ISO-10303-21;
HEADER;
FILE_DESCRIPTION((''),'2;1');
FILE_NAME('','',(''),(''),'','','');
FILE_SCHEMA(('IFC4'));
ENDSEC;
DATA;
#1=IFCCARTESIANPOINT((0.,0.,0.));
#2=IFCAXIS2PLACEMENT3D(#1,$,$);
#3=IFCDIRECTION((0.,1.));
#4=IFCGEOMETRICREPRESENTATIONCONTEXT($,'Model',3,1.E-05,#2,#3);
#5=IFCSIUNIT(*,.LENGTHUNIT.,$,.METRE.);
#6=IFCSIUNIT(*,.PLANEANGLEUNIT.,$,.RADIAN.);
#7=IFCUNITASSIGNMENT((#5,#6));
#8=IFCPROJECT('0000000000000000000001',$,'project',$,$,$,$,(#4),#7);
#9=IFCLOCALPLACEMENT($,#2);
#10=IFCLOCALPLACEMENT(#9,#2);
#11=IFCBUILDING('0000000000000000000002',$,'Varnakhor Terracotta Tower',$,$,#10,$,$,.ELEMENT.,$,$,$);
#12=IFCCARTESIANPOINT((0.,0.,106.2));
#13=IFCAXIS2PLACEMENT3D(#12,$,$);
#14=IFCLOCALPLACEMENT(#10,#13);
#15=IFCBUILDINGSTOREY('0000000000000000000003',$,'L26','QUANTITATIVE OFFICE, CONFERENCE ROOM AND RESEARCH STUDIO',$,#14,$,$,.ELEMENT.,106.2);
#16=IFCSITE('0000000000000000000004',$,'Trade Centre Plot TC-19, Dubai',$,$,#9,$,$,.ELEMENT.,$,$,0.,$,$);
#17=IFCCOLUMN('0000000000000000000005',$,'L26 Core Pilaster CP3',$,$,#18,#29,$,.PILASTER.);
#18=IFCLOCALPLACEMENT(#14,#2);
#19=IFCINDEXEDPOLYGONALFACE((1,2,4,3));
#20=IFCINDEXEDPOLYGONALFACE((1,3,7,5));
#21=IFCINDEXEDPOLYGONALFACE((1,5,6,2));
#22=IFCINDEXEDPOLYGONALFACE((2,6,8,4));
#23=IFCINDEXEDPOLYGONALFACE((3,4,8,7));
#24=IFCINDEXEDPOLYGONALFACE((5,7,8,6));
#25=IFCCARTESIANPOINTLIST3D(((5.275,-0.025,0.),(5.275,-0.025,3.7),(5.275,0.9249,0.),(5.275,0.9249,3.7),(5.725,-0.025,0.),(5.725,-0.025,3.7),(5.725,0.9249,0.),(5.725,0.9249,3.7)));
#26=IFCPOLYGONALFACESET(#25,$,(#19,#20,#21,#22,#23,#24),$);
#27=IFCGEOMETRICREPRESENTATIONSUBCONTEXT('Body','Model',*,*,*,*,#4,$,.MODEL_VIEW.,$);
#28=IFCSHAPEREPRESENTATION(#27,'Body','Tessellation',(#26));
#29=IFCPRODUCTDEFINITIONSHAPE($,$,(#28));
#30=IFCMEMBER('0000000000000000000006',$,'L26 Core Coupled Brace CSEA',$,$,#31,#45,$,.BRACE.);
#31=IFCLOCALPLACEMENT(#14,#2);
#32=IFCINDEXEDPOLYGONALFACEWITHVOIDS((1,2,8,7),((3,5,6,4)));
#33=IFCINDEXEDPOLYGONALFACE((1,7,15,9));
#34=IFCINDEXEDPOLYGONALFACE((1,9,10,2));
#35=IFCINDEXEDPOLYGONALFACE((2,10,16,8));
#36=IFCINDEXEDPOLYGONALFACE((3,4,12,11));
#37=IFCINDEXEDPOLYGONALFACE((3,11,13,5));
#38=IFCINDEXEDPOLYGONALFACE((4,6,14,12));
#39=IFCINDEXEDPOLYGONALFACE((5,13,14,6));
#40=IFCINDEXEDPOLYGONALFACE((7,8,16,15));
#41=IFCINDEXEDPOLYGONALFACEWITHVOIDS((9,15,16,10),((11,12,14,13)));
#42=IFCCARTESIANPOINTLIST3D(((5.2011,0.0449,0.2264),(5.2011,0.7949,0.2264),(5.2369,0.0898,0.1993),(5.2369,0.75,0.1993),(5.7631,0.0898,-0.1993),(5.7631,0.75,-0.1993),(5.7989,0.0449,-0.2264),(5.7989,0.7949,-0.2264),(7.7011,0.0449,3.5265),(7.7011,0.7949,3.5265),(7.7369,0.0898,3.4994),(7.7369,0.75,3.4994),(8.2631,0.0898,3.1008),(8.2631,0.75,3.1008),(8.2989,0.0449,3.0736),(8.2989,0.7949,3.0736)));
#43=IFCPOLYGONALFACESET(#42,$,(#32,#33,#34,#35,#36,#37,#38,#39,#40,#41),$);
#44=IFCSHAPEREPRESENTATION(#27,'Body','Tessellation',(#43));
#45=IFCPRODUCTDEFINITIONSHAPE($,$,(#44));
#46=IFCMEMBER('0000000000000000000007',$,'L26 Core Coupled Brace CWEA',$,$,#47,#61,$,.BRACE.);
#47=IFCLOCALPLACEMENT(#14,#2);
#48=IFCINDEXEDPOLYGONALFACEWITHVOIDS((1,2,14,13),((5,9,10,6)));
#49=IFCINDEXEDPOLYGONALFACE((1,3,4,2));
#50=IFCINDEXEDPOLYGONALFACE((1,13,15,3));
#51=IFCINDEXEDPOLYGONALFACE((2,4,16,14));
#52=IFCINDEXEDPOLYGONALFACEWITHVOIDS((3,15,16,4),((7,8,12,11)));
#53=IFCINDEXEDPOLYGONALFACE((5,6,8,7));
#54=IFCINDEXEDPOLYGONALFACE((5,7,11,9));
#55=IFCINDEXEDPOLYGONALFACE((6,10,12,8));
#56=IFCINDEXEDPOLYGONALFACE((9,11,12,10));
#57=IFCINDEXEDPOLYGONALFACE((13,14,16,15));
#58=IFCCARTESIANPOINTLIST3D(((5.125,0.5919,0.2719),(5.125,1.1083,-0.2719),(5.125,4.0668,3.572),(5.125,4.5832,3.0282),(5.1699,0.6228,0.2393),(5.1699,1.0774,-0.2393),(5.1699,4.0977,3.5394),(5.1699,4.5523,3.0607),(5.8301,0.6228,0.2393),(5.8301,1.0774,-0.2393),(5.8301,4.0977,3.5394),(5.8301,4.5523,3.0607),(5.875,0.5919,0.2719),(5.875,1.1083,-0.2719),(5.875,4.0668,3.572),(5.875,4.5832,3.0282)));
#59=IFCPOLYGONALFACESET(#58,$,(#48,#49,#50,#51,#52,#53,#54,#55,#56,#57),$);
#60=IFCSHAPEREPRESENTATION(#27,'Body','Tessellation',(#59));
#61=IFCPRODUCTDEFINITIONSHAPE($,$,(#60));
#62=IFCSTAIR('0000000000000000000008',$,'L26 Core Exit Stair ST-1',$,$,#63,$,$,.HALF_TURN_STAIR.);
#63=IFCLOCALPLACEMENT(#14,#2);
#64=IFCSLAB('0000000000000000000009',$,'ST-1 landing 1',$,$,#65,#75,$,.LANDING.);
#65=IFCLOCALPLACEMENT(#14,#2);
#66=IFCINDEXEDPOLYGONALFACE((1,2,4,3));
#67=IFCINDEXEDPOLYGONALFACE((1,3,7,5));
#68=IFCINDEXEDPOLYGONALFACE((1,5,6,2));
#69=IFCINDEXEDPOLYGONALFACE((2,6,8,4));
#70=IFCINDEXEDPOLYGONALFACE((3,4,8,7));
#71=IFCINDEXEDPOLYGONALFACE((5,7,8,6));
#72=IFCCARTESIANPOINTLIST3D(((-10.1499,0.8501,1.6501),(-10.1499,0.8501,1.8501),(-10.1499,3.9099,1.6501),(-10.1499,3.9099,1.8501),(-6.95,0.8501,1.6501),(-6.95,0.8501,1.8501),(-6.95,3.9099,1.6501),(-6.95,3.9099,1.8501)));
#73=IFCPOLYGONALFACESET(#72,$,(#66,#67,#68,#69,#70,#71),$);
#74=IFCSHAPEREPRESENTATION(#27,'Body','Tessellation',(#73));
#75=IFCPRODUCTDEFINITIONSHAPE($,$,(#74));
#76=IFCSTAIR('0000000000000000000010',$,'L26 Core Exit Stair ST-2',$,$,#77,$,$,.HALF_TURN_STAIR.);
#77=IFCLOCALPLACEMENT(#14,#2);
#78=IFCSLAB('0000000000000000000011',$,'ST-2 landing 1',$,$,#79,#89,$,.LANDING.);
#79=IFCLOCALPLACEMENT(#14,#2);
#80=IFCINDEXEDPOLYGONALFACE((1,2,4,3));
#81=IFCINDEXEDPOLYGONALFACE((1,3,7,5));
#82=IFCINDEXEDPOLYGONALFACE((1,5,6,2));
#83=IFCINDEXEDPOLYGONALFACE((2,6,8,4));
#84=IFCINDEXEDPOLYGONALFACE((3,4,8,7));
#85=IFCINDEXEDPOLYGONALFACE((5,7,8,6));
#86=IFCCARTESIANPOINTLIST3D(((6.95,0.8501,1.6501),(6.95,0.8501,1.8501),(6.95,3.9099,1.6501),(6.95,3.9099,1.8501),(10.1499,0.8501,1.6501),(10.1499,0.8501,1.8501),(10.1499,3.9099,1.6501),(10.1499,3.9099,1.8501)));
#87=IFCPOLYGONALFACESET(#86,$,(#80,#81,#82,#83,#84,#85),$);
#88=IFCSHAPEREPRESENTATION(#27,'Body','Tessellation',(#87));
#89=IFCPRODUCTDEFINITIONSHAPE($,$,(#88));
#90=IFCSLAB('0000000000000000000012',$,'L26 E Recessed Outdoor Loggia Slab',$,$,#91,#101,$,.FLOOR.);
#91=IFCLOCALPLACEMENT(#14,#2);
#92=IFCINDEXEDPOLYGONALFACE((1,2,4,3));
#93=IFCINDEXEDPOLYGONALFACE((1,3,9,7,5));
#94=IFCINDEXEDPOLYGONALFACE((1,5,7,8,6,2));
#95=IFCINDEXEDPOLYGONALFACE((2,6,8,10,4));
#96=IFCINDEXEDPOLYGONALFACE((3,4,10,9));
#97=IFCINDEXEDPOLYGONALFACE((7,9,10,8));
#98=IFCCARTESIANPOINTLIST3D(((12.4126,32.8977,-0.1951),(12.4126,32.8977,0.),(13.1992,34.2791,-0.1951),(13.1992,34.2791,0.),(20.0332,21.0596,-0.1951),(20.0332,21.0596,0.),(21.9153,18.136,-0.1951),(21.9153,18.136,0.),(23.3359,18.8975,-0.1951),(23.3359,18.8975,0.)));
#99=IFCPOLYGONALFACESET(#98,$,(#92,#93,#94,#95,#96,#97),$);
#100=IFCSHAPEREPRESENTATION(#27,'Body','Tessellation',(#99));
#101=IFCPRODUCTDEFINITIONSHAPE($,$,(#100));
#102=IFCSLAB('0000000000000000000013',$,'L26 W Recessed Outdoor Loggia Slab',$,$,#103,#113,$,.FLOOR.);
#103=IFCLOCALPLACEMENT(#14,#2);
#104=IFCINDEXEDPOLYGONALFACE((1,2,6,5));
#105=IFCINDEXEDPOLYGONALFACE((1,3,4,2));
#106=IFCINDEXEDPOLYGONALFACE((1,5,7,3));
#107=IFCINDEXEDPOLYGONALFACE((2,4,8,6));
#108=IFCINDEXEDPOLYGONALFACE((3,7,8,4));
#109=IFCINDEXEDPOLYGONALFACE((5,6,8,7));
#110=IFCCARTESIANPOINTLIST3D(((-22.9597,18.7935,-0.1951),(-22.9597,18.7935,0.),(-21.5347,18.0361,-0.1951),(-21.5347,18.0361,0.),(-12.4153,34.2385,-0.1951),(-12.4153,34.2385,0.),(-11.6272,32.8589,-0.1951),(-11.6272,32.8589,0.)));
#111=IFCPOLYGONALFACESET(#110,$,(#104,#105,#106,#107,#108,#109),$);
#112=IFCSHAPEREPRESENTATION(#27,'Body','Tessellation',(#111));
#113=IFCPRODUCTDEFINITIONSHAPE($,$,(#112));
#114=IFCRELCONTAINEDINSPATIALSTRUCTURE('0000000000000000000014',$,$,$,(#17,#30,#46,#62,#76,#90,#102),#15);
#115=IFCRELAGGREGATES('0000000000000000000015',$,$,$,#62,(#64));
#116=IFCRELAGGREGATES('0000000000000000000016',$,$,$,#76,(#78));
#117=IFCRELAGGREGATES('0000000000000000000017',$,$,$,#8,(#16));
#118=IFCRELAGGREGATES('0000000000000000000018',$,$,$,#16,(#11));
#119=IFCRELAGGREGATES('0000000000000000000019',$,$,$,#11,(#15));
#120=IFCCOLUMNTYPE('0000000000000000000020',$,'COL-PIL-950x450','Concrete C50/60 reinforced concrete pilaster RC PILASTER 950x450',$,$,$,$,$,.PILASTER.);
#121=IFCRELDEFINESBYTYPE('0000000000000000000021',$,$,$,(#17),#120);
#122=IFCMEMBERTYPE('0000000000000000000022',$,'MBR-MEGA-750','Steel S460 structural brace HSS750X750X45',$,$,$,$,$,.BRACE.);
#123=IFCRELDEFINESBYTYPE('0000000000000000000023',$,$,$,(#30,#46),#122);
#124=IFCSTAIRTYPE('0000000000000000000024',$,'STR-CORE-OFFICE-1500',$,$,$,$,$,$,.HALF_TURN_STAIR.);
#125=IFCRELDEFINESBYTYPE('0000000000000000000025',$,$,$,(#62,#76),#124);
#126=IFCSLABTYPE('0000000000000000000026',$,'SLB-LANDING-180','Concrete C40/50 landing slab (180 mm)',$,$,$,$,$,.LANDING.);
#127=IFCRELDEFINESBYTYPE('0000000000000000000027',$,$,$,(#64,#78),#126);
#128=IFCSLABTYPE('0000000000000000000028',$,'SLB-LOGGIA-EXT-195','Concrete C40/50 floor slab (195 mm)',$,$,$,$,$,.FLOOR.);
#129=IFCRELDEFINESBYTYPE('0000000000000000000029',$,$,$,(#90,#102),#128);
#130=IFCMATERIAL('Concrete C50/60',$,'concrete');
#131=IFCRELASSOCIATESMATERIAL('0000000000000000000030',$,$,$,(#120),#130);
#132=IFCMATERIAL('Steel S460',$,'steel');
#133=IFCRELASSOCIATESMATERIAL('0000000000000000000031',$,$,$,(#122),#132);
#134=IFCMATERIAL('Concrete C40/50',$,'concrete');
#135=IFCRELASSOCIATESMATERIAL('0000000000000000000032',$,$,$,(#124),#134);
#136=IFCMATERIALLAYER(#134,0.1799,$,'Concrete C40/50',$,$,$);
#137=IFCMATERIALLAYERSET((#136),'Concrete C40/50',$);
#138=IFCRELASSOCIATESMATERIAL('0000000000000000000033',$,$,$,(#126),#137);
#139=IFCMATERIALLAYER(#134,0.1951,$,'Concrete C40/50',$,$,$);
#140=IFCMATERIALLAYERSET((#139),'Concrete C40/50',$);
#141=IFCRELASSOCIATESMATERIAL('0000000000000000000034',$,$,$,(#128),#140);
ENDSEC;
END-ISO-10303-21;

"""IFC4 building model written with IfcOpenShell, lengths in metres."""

from ifc_helpers import new_model, si_unit, direction, frame, origin, origin_2d, place, context, subcontext, project, spatial, polyline, rectangle, hollow_rectangle, outline, extrude, source, transform, mapped, material, layer, layer_set, material_profile, profile_set, type_object, type_shapes, element, aggregate, save


model = new_model("IFC4")

# Units and contexts
model_context = context("Model", 3, precision=1e-05, world=origin(), true_north=direction((0.0, 1.0)))
body_context = subcontext(model_context, "Body", "Model", "MODEL_VIEW")
ifc_project = project(units=[si_unit("LENGTHUNIT", "METRE"), si_unit("PLANEANGLEUNIT", "RADIAN")], contexts=[model_context])

# Site, building, storey
site_placement = place(None, origin())
site = spatial("IfcSite", under=ifc_project, at=site_placement, Name="Trade Centre Plot TC-19, Dubai", CompositionType="ELEMENT", RefElevation=0.0)
building_placement = place(site_placement, origin())
building = spatial("IfcBuilding", under=site, at=building_placement, Name="Varnakhor Terracotta Tower", CompositionType="ELEMENT")
storey_placement = place(building_placement, frame((0.0, 0.0, 106.2)))
storey = spatial("IfcBuildingStorey", under=building, at=storey_placement, Name="L26", Description="QUANTITATIVE OFFICE, CONFERENCE ROOM AND RESEARCH STUDIO", CompositionType="ELEMENT", Elevation=106.2)

# Column
ifc_material_1 = material(Name="Concrete C50/60", Category="concrete")
ifc_material_profile_1 = material_profile(ifc_material_1, rectangle(XDim=0.45, YDim=0.95, at=origin_2d()), Name="RC PILASTER 950x450")
ifc_profile_set_1 = profile_set([ifc_material_profile_1], Name="Concrete C50/60")
column_type = type_object("IfcColumnType", Name="COL-PIL-950x450", Description="Concrete C50/60 reinforced concrete pilaster RC PILASTER 950x450", PredefinedType="PILASTER", material=ifc_profile_set_1)
shared_shape_1 = source(origin(), body_context, "Body", "SweptSolid", [
    extrude(rectangle(XDim=0.45, YDim=0.95, at=origin_2d()), origin(), (0.0, 0.0, 1.0), 3.7),
])
column_placement = place(storey_placement, frame((5.5, 0.45, 0.0), z_axis=(0.0, 0.0, 1.0), x_axis=(1.0, 0.0, 0.0)))
element("IfcColumn", 1, at=column_placement, inside=storey, type_object=column_type, Name="L26 Core Pilaster CP3", PredefinedType="PILASTER", context=body_context, shape_type="MappedRepresentation", body=[
    mapped(shared_shape_1, transform((0.0, 0.0, 0.0), scale=1.0)),
])

# Members
ifc_material_2 = material(Name="Steel S460", Category="steel")
ifc_material_profile_2 = material_profile(ifc_material_2, hollow_rectangle(XDim=0.75, YDim=0.75, WallThickness=0.0449, at=origin_2d()), Name="HSS750X750X45")
ifc_profile_set_2 = profile_set([ifc_material_profile_2], Name="Steel S460")
member_type = type_object("IfcMemberType", Name="MBR-MEGA-750", Description="Steel S460 structural brace HSS750X750X45", PredefinedType="BRACE", material=ifc_profile_set_2)
shared_shape_2 = source(origin(), body_context, "Body", "SweptSolid", [
    extrude(hollow_rectangle(XDim=0.75, YDim=0.75, WallThickness=0.0449, at=origin_2d()), origin(), (0.0, 0.0, 1.0), 4.1401),
])
type_shapes(member_type, [shared_shape_2])
member_1_placement = place(storey_placement, frame((5.5, 0.4199, 0.0), z_axis=(0.603852, 0.0, 0.797096), x_axis=(0.0, 1.0, 0.0)))
element("IfcMember", 2, at=member_1_placement, inside=storey, type_object=member_type, Name="L26 Core Coupled Brace CSEA", PredefinedType="BRACE", context=body_context, shape_type="MappedRepresentation", body=[
    mapped(shared_shape_2, transform((0.0, 0.0, 0.0), scale=1.0)),
])
shared_shape_3 = source(origin(), body_context, "Body", "SweptSolid", [
    extrude(hollow_rectangle(XDim=0.75, YDim=0.75, WallThickness=0.0449, at=origin_2d()), origin(), (0.0, 0.0, 1.0), 4.7922),
])
member_2_placement = place(storey_placement, frame((5.5, 0.8501, 0.0), z_axis=(0.0, 0.72511, 0.688633), x_axis=(-1.0, 0.0, 0.0)))
element("IfcMember", 3, at=member_2_placement, inside=storey, type_object=member_type, Name="L26 Core Coupled Brace CWEA", PredefinedType="BRACE", context=body_context, shape_type="MappedRepresentation", body=[
    mapped(shared_shape_3, transform((0.0, 0.0, 0.0), scale=1.0)),
])

# Stairs, slabs
ifc_material_3 = material(Name="Concrete C40/50", Category="concrete")
stair_type = type_object("IfcStairType", Name="STR-CORE-OFFICE-1500", PredefinedType="HALF_TURN_STAIR", material=ifc_material_3)
stair_1_placement = place(storey_placement, origin())
stair_1 = element("IfcStair", 4, at=stair_1_placement, inside=storey, type_object=stair_type, Name="L26 Core Exit Stair ST-1", PredefinedType="HALF_TURN_STAIR")
ifc_layer_1 = layer(ifc_material_3, 0.1799, Name="Concrete C40/50")
ifc_layer_set_1 = layer_set([ifc_layer_1], Name="Concrete C40/50")
slab_type_1 = type_object("IfcSlabType", Name="SLB-LANDING-180", Description="Concrete C40/50 landing slab (180 mm)", PredefinedType="LANDING", material=ifc_layer_set_1)
slab_1_placement = place(storey_placement, frame((0.0, 0.0, 1.6501)))
slab_1 = element("IfcSlab", 5, at=slab_1_placement, type_object=slab_type_1, Name="ST-1 landing 1", PredefinedType="LANDING", context=body_context, shape_type="SweptSolid", body=[
    extrude(outline(polyline([(-10.1499, 3.9099), (-10.1499, 0.8501), (-6.95, 0.8501), (-6.95, 3.9099), (-10.1499, 3.9099)])), origin(), (0.0, 0.0, 1.0), 0.2),
])
aggregate(stair_1, [slab_1])
stair_2_placement = place(storey_placement, origin())
stair_2 = element("IfcStair", 6, at=stair_2_placement, inside=storey, type_object=stair_type, Name="L26 Core Exit Stair ST-2", PredefinedType="HALF_TURN_STAIR")
slab_2_placement = place(storey_placement, frame((0.0, 0.0, 1.6501)))
slab_2 = element("IfcSlab", 7, at=slab_2_placement, type_object=slab_type_1, Name="ST-2 landing 1", PredefinedType="LANDING", context=body_context, shape_type="SweptSolid", body=[
    extrude(outline(polyline([(6.95, 3.9099), (6.95, 0.8501), (10.1499, 0.8501), (10.1499, 3.9099), (6.95, 3.9099)])), origin(), (0.0, 0.0, 1.0), 0.2),
])
aggregate(stair_2, [slab_2])

# Slabs
ifc_layer_2 = layer(ifc_material_3, 0.1951, Name="Concrete C40/50")
ifc_layer_set_2 = layer_set([ifc_layer_2], Name="Concrete C40/50")
slab_type_2 = type_object("IfcSlabType", Name="SLB-LOGGIA-EXT-195", Description="Concrete C40/50 floor slab (195 mm)", PredefinedType="FLOOR", material=ifc_layer_set_2)
slab_3_placement = place(storey_placement, frame((0.0, 0.0, -0.1951)))
element("IfcSlab", 8, at=slab_3_placement, inside=storey, type_object=slab_type_2, Name="L26 E Recessed Outdoor Loggia Slab", PredefinedType="FLOOR", context=body_context, shape_type="SweptSolid", body=[
    extrude(outline(polyline([(13.1992, 34.2791), (23.3359, 18.8975), (21.9153, 18.136), (20.0332, 21.0596), (12.4126, 32.8977), (13.1992, 34.2791)])), origin(), (0.0, 0.0, 1.0), 0.1951),
])
slab_4_placement = place(storey_placement, frame((0.0, 0.0, -0.1951)))
element("IfcSlab", 9, at=slab_4_placement, inside=storey, type_object=slab_type_2, Name="L26 W Recessed Outdoor Loggia Slab", PredefinedType="FLOOR", context=body_context, shape_type="SweptSolid", body=[
    extrude(outline(polyline([(-22.9597, 18.7935), (-12.4153, 34.2385), (-11.6272, 32.8589), (-21.5347, 18.0361), (-22.9597, 18.7935)])), origin(), (0.0, 0.0, 1.0), 0.1951),
])

save(model, "model.ifc")
